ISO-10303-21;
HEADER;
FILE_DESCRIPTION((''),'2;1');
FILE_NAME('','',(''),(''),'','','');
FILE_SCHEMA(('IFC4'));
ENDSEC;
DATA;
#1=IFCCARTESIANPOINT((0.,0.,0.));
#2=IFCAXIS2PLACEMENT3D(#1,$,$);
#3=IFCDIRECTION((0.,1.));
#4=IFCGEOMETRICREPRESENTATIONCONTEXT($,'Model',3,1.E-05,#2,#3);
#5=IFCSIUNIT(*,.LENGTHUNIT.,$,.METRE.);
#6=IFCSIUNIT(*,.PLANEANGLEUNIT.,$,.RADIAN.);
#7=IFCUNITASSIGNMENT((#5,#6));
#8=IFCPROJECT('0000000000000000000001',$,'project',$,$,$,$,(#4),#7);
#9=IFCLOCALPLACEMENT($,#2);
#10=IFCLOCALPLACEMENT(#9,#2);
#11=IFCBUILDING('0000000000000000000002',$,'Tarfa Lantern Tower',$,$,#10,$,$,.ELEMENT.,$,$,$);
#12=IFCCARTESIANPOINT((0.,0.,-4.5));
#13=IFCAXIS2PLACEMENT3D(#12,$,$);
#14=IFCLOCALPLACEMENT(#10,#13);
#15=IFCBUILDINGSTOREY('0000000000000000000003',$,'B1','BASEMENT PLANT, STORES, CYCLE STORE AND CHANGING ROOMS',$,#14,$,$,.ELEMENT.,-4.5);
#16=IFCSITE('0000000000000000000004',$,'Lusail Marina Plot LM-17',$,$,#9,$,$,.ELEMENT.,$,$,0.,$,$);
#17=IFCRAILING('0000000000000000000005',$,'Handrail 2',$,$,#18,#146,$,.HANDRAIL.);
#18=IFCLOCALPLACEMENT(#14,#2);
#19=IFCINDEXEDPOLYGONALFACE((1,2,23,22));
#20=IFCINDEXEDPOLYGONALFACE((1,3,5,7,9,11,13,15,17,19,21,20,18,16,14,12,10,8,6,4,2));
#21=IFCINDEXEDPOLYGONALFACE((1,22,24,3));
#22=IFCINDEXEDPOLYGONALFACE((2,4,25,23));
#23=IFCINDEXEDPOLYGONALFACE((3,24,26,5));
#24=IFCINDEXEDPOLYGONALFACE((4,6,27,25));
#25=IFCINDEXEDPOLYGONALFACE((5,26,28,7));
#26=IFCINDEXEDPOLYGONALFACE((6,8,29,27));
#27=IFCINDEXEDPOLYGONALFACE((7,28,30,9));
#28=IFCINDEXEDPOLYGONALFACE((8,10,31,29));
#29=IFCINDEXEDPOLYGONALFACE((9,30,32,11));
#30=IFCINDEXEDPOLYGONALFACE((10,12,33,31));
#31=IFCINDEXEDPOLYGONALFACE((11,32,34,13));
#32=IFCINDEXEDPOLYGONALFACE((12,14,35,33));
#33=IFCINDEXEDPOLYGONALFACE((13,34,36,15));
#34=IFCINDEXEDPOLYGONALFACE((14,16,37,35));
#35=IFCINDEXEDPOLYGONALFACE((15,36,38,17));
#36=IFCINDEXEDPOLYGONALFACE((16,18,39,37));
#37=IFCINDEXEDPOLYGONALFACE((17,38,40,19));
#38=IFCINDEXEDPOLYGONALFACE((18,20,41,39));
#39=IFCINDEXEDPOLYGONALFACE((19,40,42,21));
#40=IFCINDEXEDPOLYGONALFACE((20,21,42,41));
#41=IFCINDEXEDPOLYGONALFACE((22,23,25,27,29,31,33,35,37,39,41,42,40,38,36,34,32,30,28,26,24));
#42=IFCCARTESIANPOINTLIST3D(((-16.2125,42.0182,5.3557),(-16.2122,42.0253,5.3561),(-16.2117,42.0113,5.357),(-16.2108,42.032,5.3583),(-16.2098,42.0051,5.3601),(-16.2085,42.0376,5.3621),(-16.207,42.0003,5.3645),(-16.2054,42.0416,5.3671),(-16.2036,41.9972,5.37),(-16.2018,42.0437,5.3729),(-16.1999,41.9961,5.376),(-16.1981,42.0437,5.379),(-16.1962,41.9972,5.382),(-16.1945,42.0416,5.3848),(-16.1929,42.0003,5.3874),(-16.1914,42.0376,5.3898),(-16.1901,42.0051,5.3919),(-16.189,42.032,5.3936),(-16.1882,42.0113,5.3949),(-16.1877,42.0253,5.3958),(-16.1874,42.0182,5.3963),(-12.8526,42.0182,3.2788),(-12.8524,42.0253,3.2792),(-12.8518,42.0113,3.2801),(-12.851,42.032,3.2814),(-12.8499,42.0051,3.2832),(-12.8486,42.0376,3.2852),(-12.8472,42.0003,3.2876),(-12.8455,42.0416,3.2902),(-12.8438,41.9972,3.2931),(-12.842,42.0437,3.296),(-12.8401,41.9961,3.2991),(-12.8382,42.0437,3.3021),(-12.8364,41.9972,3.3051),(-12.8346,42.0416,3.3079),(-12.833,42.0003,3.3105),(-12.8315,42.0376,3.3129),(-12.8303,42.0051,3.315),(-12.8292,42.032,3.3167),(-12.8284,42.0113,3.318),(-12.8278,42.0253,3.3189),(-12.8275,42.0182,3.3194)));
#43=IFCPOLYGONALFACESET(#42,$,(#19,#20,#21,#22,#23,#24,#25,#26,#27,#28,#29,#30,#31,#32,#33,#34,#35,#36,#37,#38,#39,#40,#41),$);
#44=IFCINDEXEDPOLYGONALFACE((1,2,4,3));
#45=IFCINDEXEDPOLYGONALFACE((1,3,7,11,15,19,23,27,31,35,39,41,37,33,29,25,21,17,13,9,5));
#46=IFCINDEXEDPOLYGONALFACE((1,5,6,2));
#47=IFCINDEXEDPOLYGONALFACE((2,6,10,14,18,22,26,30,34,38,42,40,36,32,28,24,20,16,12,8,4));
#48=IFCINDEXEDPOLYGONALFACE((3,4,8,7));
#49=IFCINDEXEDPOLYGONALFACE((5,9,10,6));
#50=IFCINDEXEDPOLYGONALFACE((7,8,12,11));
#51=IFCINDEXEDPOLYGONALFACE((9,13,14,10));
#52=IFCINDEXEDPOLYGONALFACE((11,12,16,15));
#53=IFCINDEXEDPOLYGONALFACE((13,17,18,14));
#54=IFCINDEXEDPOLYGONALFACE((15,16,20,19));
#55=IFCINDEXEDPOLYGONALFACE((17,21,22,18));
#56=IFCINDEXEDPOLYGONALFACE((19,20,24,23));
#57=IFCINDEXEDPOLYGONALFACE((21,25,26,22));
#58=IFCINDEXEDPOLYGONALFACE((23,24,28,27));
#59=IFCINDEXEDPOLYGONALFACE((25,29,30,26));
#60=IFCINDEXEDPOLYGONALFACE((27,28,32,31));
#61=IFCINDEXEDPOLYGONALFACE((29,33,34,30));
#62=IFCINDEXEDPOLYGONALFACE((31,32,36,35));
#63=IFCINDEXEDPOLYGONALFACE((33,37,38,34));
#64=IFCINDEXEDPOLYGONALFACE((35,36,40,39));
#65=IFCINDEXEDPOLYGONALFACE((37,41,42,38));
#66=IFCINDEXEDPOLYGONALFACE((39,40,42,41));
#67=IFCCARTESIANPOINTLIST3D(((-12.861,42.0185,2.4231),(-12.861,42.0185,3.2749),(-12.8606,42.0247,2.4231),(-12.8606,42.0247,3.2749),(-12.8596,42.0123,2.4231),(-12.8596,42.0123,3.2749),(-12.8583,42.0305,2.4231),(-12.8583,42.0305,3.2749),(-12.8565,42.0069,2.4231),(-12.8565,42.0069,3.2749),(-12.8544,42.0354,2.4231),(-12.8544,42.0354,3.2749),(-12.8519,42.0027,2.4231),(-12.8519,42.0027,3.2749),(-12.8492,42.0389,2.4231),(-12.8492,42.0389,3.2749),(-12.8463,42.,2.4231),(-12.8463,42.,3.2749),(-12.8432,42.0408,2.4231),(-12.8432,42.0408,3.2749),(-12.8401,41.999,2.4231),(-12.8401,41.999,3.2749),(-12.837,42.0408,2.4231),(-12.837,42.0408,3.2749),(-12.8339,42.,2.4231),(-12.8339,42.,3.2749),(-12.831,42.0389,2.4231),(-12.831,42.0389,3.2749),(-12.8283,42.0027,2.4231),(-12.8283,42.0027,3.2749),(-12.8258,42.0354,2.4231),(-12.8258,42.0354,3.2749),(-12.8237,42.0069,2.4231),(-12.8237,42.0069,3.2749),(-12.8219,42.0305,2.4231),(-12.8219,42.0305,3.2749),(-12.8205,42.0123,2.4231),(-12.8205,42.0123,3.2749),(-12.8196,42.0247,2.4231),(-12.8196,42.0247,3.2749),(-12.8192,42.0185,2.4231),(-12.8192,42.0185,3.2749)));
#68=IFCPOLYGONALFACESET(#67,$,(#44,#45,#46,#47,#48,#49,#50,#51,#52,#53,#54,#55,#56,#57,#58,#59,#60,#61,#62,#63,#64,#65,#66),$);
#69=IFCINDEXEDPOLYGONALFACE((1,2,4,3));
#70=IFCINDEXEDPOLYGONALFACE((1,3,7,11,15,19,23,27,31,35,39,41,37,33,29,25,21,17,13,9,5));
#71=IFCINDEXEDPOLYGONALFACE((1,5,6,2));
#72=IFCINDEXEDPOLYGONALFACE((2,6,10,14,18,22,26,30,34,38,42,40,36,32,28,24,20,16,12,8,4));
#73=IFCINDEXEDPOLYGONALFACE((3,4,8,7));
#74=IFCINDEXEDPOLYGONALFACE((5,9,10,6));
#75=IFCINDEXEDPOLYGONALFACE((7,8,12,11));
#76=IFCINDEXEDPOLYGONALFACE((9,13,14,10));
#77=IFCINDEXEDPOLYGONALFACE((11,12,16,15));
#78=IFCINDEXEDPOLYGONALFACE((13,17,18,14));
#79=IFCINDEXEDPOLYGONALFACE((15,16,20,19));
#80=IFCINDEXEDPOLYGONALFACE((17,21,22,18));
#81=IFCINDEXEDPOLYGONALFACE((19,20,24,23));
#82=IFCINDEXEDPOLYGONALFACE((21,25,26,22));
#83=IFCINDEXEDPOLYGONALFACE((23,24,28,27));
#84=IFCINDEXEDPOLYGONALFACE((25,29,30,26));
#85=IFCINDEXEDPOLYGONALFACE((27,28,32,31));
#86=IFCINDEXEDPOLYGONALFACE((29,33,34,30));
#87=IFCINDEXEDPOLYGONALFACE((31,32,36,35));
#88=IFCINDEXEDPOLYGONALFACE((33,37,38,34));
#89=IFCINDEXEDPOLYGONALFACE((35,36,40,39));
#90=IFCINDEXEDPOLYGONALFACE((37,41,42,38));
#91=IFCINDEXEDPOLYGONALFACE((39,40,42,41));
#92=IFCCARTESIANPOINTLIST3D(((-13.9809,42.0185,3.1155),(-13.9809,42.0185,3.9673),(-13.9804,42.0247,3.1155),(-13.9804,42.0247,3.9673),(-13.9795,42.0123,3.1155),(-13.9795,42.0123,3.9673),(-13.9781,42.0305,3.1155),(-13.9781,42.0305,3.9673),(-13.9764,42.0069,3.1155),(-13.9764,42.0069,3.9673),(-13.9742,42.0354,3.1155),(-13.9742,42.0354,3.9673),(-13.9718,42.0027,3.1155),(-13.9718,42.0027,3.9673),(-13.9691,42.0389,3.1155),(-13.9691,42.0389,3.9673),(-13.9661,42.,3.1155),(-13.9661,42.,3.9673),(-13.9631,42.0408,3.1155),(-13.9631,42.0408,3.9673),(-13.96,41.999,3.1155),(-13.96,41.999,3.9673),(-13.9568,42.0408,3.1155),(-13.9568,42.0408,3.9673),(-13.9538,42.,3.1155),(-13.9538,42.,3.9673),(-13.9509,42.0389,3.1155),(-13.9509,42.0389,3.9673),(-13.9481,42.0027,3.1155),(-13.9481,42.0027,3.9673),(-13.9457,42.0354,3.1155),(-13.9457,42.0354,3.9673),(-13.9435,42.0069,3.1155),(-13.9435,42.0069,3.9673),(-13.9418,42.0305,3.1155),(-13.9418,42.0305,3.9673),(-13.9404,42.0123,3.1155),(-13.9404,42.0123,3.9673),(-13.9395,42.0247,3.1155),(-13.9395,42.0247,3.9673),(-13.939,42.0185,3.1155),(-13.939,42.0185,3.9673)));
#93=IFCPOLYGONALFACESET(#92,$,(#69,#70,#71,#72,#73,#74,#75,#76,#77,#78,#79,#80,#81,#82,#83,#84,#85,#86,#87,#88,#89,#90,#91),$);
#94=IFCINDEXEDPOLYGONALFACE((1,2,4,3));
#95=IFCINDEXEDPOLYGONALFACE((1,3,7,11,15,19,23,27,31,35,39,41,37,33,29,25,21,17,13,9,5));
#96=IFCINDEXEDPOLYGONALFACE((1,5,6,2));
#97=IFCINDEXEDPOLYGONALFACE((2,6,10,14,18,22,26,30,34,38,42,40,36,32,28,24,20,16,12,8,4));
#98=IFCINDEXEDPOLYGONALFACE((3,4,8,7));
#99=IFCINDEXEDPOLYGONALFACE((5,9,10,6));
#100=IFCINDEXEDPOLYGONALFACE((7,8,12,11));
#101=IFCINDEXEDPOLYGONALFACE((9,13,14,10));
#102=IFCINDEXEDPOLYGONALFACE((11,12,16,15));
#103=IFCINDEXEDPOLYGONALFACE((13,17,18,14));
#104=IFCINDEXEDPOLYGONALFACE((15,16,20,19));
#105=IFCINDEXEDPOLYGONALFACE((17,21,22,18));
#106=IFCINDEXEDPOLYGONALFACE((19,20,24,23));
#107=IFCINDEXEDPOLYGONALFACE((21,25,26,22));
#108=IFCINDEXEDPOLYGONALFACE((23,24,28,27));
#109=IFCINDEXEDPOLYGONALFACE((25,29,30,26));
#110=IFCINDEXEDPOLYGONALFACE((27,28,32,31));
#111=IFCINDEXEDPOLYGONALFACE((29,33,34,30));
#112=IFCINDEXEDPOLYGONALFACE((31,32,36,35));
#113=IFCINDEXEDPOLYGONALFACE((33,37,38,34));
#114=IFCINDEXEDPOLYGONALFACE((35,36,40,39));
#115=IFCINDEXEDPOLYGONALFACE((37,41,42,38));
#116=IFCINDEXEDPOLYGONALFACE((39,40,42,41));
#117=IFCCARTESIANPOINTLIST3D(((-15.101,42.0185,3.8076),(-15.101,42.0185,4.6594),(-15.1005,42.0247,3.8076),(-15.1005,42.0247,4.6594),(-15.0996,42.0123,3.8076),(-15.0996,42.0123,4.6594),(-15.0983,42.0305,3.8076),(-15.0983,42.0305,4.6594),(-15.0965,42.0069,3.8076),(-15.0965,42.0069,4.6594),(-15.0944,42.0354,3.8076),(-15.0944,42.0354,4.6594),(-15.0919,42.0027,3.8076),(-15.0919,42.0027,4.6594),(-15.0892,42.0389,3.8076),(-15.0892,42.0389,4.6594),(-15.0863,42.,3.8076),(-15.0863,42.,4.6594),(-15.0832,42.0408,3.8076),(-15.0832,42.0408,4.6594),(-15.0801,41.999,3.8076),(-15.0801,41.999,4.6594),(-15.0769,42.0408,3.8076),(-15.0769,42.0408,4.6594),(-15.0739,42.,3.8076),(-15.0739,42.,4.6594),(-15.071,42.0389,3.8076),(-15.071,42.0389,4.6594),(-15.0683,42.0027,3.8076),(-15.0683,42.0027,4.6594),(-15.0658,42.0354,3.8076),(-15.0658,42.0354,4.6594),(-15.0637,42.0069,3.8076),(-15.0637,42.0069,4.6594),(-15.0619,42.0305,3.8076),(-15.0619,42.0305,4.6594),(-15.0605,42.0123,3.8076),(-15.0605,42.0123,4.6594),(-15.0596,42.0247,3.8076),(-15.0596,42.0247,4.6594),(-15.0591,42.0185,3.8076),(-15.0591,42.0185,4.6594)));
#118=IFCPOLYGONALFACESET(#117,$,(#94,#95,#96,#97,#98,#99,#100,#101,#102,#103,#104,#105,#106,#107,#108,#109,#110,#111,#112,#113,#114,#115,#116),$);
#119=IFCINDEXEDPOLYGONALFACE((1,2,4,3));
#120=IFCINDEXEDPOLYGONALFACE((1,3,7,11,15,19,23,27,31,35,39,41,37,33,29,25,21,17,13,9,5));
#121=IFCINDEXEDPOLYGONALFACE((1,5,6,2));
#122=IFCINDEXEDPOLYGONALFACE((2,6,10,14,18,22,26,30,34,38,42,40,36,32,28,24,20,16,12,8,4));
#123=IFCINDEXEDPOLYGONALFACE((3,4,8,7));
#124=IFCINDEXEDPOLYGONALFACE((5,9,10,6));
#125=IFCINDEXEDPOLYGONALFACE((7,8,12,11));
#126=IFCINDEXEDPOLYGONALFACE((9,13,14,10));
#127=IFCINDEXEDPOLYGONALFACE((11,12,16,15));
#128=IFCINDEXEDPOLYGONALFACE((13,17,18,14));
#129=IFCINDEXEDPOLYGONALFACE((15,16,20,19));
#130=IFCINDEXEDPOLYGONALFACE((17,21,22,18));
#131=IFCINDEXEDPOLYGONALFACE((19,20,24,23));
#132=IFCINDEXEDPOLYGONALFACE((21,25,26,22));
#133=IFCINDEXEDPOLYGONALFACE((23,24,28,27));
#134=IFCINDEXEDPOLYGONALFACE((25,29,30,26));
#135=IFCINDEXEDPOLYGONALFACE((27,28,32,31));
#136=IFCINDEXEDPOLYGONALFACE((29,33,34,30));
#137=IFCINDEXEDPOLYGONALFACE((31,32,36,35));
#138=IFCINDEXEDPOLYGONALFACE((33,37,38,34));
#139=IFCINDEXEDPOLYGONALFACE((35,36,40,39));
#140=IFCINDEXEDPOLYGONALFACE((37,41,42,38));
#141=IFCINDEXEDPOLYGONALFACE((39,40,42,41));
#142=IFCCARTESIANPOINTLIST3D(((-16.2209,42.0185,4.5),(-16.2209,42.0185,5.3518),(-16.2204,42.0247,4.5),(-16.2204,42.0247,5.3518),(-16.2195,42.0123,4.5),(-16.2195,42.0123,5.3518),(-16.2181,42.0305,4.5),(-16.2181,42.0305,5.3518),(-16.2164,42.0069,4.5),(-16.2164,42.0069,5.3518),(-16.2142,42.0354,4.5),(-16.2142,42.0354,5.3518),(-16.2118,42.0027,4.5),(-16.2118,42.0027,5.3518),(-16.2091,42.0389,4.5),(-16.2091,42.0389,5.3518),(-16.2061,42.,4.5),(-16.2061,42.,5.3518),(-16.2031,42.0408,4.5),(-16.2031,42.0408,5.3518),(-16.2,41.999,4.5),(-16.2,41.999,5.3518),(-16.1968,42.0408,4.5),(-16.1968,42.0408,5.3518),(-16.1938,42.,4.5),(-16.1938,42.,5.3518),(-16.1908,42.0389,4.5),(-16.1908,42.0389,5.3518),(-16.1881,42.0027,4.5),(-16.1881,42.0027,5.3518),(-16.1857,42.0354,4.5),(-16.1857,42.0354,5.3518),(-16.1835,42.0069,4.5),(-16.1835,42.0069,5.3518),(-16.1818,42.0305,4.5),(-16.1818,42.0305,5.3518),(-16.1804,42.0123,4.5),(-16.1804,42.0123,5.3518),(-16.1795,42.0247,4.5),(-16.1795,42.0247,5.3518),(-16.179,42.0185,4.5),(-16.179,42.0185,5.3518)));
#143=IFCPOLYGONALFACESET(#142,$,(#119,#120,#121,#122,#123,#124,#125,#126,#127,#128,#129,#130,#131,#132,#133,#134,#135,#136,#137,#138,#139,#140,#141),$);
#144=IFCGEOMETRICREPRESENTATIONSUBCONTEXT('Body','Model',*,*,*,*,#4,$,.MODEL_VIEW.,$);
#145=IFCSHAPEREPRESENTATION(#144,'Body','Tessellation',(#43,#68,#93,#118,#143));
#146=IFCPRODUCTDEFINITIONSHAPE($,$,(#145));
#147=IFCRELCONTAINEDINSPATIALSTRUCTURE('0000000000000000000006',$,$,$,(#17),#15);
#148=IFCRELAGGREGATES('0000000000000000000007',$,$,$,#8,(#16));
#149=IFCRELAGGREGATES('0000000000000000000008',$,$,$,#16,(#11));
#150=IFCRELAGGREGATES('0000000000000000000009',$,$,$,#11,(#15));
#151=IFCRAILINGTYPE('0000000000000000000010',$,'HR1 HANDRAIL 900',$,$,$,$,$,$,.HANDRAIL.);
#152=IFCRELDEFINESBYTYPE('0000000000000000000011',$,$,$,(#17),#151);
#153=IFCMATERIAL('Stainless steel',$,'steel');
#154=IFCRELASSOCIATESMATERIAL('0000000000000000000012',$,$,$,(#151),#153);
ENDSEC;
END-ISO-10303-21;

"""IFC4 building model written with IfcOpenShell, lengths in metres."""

from ifc_helpers import new_model, si_unit, direction, frame, origin, origin_2d, place, context, subcontext, project, spatial, circle, extrude, material, type_object, element, save


model = new_model("IFC4")

# Units and contexts
model_context = context("Model", 3, precision=1e-05, world=origin(), true_north=direction((0.0, 1.0)))
body_context = subcontext(model_context, "Body", "Model", "MODEL_VIEW")
ifc_project = project(units=[si_unit("LENGTHUNIT", "METRE"), si_unit("PLANEANGLEUNIT", "RADIAN")], contexts=[model_context])

# Site, building, storey
site_placement = place(None, origin())
site = spatial("IfcSite", under=ifc_project, at=site_placement, Name="Lusail Marina Plot LM-17", CompositionType="ELEMENT", RefElevation=0.0)
building_placement = place(site_placement, origin())
building = spatial("IfcBuilding", under=site, at=building_placement, Name="Tarfa Lantern Tower", CompositionType="ELEMENT")
storey_placement = place(building_placement, frame((0.0, 0.0, -4.5)))
storey = spatial("IfcBuildingStorey", under=building, at=storey_placement, Name="B1", Description="BASEMENT PLANT, STORES, CYCLE STORE AND CHANGING ROOMS", CompositionType="ELEMENT", Elevation=-4.5)

# Railing
ifc_material_1 = material(Name="Stainless steel", Category="steel")
railing_type = type_object("IfcRailingType", Name="HR1 HANDRAIL 900", PredefinedType="HANDRAIL", material=ifc_material_1)
railing_1_placement = place(storey_placement, frame((-12.8401, 42.02, 2.4231)))
element("IfcRailing", 1, at=railing_1_placement, inside=storey, type_object=railing_type, Name="Handrail 2", PredefinedType="HANDRAIL", context=body_context, shape_type="SweptSolid", body=[
    extrude(circle(Radius=0.0239, at=origin_2d()), frame((0.0, 0.0, 0.876), z_axis=(-0.850606, 0.0, 0.525803), x_axis=(0.0, -1.0, 0.0)), (0.0, 0.0, 1.0), 3.95),
    extrude(circle(Radius=0.021, at=origin_2d()), frame((0.0, 0.0, 0.0), z_axis=(0.0, 0.0, 1.0), x_axis=(0.0, -1.0, 0.0)), (0.0, 0.0, 1.0), 0.8518),
    extrude(circle(Radius=0.021, at=origin_2d()), frame((-1.1199, 0.0, 0.6924), z_axis=(0.0, 0.0, 1.0), x_axis=(0.0, -1.0, 0.0)), (0.0, 0.0, 1.0), 0.8518),
    extrude(circle(Radius=0.021, at=origin_2d()), frame((-2.24, 0.0, 1.3845), z_axis=(0.0, 0.0, 1.0), x_axis=(0.0, -1.0, 0.0)), (0.0, 0.0, 1.0), 0.8518),
    extrude(circle(Radius=0.021, at=origin_2d()), frame((-3.3599, 0.0, 2.0769), z_axis=(0.0, 0.0, 1.0), x_axis=(0.0, -1.0, 0.0)), (0.0, 0.0, 1.0), 0.8518),
])

save(model, "model.ifc")
